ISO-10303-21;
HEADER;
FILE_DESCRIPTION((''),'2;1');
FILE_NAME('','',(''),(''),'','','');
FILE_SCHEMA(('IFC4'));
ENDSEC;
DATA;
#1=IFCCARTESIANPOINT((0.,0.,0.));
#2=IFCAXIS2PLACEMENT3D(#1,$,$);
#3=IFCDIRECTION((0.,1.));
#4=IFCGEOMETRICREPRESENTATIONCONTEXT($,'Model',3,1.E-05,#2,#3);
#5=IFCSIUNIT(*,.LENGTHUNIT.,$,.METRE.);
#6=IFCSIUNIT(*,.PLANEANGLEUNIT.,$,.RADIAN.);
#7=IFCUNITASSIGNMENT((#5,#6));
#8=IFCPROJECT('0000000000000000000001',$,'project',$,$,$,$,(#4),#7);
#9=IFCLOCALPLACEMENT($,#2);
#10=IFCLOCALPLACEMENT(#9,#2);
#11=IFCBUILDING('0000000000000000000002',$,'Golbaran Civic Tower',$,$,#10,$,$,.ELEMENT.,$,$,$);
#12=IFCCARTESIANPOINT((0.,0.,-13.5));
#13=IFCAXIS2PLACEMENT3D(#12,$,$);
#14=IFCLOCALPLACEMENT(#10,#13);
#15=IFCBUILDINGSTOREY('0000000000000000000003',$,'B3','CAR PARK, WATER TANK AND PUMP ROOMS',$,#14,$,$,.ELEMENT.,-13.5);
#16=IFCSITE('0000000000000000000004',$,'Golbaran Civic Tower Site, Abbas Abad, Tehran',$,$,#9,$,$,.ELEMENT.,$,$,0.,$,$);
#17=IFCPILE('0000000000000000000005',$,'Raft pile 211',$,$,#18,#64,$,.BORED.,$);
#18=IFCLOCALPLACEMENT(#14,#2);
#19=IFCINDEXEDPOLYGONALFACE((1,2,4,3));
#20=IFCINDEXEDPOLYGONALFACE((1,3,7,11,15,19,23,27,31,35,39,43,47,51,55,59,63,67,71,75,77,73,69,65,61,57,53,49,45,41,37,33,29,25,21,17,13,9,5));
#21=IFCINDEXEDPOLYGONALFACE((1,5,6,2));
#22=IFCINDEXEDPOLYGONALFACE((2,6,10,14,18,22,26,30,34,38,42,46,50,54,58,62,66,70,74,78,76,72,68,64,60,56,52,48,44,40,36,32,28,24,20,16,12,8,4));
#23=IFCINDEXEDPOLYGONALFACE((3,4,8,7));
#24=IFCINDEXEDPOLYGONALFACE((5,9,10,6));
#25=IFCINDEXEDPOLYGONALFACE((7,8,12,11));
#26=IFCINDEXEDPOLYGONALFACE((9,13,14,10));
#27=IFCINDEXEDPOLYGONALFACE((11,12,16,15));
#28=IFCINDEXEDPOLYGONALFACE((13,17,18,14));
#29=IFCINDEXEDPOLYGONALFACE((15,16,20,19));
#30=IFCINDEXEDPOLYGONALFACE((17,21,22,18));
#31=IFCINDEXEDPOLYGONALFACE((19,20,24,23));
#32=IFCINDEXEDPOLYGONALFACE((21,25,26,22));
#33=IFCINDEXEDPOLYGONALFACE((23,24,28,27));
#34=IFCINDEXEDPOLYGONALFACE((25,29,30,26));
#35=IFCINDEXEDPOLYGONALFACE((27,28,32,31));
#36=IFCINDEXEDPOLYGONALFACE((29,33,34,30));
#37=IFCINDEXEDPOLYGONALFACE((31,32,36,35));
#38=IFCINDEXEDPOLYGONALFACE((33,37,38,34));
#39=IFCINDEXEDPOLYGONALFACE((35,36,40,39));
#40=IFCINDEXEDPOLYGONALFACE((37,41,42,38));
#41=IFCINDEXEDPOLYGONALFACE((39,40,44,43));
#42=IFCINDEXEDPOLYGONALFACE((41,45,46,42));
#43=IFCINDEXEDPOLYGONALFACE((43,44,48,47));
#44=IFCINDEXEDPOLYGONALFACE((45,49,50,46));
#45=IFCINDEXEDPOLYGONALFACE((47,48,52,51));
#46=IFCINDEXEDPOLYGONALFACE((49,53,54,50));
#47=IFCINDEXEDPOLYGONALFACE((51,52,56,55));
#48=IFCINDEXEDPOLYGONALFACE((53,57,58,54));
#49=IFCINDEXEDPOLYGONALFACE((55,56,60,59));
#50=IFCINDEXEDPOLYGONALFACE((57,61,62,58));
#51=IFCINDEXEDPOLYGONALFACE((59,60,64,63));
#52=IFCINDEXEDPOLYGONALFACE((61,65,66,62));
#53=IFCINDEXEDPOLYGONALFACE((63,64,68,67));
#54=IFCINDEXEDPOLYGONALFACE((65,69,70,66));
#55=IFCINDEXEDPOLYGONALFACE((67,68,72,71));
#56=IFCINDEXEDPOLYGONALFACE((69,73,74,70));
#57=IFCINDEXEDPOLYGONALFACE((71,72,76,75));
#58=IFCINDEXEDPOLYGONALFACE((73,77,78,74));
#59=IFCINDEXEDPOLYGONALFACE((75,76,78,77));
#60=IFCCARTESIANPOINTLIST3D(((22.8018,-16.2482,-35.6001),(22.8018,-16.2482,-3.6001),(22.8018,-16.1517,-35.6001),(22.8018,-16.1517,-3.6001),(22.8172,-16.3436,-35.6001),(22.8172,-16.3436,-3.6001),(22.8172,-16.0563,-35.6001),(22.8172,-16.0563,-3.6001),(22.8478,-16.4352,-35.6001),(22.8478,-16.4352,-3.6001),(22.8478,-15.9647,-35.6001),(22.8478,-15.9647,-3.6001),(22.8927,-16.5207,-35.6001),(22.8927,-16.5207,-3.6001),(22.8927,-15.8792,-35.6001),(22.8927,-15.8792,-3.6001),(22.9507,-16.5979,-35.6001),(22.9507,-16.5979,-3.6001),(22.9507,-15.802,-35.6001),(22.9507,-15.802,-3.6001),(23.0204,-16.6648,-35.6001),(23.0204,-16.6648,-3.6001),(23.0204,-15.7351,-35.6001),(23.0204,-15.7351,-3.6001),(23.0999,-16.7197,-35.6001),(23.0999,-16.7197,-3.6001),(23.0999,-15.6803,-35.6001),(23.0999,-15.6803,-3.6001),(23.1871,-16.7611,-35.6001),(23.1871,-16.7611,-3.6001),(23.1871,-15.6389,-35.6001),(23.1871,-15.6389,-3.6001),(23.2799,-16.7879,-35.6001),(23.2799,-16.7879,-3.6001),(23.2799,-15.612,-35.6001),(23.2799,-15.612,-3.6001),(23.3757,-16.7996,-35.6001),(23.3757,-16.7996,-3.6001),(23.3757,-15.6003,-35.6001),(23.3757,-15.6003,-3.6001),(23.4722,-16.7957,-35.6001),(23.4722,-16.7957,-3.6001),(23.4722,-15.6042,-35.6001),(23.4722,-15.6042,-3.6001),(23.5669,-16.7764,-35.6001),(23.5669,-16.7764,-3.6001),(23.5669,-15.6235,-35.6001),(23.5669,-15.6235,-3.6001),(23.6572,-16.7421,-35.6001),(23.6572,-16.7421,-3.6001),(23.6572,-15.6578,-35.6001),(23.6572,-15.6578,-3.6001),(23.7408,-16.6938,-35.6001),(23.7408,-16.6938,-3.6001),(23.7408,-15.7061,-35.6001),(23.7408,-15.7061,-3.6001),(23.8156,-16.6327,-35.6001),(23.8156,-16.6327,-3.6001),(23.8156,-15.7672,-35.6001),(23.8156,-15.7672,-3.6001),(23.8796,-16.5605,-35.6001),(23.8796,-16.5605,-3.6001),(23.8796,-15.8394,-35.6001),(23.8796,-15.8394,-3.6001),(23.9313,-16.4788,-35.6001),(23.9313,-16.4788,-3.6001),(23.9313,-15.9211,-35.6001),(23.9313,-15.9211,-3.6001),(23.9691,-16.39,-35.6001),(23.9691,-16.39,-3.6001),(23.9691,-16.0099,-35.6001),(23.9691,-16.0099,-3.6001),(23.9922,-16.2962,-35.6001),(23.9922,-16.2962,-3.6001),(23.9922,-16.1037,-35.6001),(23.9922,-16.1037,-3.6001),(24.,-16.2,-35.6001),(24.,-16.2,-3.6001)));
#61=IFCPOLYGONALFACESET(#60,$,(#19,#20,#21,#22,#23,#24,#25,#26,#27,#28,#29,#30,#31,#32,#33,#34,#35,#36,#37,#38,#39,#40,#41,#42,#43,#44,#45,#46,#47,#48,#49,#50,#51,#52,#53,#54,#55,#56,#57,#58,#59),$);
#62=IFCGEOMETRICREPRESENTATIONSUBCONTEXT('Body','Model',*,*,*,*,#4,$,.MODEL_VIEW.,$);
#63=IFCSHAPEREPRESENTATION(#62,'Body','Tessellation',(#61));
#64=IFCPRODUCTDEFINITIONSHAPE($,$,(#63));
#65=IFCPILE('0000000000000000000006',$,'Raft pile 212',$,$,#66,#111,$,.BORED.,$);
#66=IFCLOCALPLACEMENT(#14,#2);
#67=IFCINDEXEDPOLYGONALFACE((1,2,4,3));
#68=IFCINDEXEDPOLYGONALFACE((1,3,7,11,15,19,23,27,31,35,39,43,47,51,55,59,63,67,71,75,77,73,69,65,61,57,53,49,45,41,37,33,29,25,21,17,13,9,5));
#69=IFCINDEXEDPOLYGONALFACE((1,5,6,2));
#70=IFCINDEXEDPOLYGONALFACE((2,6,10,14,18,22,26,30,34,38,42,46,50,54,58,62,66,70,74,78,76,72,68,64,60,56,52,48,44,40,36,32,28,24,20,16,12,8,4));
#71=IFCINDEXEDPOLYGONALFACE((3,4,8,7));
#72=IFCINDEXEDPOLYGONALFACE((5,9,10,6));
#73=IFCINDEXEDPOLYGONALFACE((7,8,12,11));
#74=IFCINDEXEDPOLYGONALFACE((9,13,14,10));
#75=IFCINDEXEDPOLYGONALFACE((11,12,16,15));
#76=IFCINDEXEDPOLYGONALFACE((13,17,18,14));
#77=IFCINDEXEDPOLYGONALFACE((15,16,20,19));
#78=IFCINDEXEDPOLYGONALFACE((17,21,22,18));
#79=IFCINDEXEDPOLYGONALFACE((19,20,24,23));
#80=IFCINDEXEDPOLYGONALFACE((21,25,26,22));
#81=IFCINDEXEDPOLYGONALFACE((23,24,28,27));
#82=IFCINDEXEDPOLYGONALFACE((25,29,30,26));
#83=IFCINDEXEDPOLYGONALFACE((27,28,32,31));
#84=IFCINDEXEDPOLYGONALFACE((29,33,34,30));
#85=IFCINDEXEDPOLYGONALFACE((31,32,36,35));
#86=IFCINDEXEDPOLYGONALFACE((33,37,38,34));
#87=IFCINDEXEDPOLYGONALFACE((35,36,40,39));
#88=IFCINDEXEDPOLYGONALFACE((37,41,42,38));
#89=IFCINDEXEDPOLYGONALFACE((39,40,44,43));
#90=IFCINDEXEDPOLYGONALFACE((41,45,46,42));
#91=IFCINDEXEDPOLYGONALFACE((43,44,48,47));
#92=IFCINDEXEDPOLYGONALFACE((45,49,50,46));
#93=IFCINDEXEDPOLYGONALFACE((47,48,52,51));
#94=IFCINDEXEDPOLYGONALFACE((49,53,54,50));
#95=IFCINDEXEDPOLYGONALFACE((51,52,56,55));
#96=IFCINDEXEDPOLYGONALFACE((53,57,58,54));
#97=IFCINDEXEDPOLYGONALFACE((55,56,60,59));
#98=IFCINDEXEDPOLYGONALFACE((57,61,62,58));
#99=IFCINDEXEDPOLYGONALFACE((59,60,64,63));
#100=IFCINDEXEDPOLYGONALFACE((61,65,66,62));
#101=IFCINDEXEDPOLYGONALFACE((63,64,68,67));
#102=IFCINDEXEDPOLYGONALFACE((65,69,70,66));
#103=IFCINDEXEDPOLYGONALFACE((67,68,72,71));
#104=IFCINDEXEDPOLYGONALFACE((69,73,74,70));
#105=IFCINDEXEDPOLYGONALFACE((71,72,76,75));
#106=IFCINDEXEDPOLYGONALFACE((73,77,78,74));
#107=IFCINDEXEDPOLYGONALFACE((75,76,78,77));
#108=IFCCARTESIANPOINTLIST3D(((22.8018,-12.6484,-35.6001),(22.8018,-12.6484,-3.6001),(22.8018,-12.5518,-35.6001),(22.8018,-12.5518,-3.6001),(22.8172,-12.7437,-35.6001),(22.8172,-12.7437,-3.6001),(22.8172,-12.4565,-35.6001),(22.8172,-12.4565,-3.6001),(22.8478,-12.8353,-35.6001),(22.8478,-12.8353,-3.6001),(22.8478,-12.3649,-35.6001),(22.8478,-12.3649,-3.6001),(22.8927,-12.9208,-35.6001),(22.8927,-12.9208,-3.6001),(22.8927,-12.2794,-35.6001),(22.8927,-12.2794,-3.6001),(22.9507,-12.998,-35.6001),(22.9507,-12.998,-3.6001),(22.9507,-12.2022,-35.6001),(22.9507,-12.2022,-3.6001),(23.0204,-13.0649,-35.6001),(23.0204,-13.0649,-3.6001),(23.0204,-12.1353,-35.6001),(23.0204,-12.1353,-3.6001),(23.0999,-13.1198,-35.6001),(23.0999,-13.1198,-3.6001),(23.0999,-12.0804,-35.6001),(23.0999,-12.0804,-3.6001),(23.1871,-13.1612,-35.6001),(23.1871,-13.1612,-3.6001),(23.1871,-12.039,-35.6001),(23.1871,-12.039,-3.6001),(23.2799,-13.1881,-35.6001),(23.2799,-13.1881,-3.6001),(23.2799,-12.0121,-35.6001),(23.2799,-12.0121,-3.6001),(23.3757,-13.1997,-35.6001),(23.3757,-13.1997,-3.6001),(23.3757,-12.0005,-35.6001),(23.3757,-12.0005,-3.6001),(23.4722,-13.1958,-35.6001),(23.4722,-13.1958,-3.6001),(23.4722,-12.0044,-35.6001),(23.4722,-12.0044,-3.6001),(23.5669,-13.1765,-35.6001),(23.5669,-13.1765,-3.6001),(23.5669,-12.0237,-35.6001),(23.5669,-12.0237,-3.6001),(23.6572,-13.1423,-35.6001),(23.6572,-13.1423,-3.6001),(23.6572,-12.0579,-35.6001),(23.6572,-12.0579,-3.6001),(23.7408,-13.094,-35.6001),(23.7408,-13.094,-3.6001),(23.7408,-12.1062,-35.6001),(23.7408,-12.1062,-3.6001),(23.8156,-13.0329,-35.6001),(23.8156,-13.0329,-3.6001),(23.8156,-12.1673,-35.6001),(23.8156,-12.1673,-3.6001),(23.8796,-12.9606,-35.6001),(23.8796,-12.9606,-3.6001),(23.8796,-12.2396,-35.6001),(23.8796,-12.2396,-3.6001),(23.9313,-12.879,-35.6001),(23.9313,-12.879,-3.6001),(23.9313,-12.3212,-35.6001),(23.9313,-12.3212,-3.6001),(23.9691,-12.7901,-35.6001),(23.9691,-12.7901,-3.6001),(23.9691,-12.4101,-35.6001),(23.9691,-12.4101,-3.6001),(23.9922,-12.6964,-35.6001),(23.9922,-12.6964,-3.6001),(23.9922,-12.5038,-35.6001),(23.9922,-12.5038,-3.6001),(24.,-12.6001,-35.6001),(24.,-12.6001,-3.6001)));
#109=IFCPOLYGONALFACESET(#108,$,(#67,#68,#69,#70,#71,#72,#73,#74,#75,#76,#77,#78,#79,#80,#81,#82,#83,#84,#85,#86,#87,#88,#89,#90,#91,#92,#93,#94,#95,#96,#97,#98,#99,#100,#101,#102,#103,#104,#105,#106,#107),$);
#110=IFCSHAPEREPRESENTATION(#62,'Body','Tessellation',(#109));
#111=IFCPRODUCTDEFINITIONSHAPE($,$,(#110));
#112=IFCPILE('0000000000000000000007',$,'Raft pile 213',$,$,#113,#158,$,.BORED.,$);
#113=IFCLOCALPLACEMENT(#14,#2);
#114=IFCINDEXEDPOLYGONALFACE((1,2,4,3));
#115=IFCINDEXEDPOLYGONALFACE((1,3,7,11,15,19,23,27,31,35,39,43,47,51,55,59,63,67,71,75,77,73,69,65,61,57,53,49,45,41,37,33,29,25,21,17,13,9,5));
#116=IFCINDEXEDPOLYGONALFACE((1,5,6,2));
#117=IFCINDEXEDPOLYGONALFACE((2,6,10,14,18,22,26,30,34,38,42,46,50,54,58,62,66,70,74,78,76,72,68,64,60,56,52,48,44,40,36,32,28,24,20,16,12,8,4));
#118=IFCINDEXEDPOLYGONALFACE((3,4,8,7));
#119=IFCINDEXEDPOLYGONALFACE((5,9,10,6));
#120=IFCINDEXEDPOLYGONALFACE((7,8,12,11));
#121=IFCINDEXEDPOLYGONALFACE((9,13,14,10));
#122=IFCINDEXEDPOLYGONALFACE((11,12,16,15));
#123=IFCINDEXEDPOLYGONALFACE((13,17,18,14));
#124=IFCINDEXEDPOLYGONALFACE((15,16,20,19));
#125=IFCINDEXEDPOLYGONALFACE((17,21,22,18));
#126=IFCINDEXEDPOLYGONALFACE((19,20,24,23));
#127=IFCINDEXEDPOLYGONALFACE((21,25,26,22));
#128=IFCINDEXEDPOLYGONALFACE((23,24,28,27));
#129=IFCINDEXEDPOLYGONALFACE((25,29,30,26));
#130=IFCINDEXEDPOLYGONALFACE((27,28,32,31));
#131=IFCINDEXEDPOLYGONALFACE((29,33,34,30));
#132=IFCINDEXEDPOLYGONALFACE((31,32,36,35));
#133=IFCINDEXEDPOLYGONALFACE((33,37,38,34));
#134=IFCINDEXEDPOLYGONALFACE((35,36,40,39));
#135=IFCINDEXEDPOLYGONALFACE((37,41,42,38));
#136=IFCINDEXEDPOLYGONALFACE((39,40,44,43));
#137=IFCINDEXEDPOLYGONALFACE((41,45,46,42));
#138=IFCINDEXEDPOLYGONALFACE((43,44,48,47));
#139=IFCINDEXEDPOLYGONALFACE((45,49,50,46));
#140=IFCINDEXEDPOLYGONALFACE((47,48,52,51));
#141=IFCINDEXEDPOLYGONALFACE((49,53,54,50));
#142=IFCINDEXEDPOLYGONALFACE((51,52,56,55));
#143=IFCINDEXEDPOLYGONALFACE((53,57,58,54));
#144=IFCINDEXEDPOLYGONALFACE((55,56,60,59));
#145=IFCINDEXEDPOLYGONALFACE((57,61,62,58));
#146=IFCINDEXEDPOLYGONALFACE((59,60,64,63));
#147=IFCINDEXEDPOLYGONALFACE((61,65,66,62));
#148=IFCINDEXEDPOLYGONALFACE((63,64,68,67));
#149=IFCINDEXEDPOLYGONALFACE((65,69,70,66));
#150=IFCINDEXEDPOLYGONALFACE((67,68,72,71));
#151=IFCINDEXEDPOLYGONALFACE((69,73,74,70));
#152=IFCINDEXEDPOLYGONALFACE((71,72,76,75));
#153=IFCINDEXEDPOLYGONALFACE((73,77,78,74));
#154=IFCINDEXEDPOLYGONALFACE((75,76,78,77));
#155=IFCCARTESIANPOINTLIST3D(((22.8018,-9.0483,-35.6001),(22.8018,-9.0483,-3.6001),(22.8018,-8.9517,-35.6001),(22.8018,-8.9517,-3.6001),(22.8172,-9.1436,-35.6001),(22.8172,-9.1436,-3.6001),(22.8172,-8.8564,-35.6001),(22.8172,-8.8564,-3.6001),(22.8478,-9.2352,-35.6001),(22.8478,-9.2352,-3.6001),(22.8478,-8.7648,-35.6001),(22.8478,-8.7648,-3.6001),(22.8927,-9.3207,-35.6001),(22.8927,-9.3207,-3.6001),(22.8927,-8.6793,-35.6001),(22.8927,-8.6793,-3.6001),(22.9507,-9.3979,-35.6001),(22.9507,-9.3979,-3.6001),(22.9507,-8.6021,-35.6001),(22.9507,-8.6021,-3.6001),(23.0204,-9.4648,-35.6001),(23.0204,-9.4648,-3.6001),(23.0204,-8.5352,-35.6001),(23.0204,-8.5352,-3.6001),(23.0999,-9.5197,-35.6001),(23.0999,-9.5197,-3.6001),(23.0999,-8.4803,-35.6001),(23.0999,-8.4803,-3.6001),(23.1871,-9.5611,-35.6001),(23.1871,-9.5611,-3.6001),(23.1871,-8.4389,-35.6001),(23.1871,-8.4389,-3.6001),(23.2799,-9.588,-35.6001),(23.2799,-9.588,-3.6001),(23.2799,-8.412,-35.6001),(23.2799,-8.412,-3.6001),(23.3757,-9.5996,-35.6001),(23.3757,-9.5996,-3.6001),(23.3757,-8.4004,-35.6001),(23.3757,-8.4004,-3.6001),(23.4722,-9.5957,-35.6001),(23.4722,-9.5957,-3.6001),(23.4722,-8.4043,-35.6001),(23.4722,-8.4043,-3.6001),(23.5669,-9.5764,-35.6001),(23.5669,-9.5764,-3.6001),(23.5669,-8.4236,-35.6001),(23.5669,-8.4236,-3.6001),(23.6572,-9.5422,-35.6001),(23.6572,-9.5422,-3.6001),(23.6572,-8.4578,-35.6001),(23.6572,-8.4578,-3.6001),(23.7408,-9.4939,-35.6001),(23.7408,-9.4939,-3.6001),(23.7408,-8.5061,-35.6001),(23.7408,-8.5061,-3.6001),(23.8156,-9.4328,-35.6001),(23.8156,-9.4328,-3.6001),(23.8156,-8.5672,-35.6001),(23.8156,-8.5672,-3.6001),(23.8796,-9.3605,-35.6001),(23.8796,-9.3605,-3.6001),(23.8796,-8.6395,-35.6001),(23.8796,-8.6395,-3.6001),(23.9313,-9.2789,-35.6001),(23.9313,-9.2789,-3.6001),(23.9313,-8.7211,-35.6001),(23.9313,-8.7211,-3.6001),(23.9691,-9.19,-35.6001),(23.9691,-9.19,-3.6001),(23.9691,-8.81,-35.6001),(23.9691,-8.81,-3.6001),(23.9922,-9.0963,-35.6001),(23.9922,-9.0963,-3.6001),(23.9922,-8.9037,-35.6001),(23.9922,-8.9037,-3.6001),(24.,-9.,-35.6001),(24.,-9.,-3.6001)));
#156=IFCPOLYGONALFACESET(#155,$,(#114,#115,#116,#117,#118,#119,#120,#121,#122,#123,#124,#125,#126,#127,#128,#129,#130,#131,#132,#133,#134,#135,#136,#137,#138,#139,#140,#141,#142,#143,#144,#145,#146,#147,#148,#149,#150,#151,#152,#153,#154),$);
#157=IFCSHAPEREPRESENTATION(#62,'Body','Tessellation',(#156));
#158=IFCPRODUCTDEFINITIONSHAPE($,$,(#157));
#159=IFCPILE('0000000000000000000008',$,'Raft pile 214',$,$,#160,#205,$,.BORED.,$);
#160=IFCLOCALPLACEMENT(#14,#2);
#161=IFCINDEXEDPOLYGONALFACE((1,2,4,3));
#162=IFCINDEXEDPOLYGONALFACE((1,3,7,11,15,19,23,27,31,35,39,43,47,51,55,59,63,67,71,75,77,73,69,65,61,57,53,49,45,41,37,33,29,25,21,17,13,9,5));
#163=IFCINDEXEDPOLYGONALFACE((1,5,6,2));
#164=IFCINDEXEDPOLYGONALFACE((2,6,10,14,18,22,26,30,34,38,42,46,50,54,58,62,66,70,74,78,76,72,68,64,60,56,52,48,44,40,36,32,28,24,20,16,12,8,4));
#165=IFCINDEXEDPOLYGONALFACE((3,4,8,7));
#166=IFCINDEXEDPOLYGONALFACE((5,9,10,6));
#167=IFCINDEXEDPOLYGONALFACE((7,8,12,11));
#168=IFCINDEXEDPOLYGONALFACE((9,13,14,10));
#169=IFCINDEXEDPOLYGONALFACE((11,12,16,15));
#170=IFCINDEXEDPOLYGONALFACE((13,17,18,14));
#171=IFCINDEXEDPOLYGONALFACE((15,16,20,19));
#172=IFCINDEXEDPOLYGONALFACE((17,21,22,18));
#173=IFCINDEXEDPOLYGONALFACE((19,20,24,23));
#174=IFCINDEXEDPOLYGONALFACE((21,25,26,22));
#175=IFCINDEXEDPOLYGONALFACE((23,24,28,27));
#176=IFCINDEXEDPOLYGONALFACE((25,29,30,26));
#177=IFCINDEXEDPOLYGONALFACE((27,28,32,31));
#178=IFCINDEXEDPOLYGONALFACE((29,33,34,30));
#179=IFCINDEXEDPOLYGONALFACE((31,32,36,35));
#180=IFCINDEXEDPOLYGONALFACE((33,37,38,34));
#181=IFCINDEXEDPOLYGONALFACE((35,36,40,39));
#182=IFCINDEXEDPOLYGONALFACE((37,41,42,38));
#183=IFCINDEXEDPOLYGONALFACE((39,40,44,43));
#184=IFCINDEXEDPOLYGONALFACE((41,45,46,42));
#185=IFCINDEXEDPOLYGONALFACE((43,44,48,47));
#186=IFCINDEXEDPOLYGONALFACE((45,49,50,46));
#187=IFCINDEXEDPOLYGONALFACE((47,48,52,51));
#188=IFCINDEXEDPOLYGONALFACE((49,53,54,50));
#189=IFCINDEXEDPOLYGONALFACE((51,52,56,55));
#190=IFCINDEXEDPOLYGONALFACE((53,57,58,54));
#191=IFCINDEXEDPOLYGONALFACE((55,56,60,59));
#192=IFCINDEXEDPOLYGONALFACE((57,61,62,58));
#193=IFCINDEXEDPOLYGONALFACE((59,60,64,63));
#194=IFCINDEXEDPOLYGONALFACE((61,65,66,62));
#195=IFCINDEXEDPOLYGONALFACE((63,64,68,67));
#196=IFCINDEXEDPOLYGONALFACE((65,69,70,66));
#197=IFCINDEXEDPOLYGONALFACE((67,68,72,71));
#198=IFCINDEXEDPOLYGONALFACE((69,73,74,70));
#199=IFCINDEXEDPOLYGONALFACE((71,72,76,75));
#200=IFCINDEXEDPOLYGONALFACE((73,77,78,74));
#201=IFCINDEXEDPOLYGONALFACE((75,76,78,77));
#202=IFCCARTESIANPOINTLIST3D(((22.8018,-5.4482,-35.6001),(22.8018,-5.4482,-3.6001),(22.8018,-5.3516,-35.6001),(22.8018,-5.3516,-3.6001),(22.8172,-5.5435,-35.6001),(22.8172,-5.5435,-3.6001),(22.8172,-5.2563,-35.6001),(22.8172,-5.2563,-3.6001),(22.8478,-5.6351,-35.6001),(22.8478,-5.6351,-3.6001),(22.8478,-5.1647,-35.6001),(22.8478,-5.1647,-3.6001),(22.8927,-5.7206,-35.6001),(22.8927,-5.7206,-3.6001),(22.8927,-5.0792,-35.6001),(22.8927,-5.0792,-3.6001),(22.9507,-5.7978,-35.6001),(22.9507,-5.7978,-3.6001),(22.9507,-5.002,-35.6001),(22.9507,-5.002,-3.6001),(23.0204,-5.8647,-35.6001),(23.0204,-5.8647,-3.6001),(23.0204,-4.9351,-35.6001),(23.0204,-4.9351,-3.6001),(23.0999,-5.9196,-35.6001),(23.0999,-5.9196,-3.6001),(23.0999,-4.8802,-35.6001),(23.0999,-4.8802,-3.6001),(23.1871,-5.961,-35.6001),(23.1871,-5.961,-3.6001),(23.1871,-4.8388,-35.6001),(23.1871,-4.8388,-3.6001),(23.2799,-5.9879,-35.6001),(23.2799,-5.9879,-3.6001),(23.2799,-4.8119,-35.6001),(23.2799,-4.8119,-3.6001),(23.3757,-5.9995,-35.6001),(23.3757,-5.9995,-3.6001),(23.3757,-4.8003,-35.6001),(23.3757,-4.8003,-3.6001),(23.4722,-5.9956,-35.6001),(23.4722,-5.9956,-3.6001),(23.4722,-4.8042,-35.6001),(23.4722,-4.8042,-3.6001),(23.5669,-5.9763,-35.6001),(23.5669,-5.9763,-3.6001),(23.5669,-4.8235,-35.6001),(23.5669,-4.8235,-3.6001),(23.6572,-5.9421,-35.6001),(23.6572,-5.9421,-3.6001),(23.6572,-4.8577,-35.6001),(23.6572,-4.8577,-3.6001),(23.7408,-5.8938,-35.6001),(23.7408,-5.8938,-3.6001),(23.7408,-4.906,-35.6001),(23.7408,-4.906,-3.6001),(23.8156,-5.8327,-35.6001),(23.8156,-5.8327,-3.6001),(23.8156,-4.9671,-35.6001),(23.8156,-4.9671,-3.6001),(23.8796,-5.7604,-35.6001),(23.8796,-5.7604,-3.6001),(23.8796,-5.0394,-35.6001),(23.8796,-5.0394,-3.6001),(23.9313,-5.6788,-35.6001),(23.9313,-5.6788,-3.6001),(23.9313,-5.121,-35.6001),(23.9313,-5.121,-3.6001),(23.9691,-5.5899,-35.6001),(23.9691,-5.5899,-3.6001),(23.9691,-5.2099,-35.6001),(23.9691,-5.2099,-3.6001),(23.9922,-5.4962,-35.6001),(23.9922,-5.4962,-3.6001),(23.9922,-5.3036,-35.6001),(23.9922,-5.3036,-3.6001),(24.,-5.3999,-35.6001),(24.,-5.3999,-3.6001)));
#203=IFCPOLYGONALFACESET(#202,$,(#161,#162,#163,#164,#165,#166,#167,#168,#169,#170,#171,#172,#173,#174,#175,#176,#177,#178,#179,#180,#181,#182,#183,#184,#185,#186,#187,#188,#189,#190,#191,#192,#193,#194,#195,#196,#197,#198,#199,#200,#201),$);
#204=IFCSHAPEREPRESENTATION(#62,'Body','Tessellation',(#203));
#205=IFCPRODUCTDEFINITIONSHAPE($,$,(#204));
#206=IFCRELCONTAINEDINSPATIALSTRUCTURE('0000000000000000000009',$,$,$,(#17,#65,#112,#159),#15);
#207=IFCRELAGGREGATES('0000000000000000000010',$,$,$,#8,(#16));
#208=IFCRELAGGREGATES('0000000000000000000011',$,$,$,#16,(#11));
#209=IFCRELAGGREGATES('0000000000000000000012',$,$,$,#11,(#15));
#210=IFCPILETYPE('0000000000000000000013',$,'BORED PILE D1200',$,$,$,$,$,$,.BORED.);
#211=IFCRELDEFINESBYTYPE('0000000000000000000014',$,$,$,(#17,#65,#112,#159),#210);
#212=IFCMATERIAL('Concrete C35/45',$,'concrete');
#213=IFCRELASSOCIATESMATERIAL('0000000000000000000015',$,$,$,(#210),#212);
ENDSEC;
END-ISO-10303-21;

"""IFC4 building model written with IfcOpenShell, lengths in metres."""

from ifc_helpers import new_model, si_unit, direction, frame, origin, origin_2d, place, context, subcontext, project, spatial, circle, extrude, material, material_profile, profile_set, type_object, element, save


model = new_model("IFC4")

# Units and contexts
model_context = context("Model", 3, precision=1e-05, world=origin(), true_north=direction((0.0, 1.0)))
body_context = subcontext(model_context, "Body", "Model", "MODEL_VIEW")
ifc_project = project(units=[si_unit("LENGTHUNIT", "METRE"), si_unit("PLANEANGLEUNIT", "RADIAN")], contexts=[model_context])

# Site, building, storey
site_placement = place(None, origin())
site = spatial("IfcSite", under=ifc_project, at=site_placement, Name="Golbaran Civic Tower Site, Abbas Abad, Tehran", CompositionType="ELEMENT", RefElevation=0.0)
building_placement = place(site_placement, origin())
building = spatial("IfcBuilding", under=site, at=building_placement, Name="Golbaran Civic Tower", CompositionType="ELEMENT")
storey_placement = place(building_placement, frame((0.0, 0.0, -13.5)))
storey = spatial("IfcBuildingStorey", under=building, at=storey_placement, Name="B3", Description="CAR PARK, WATER TANK AND PUMP ROOMS", CompositionType="ELEMENT", Elevation=-13.5)

# Piles
ifc_material_1 = material(Name="Concrete C35/45", Category="concrete")
ifc_material_profile_1 = material_profile(ifc_material_1, circle(Radius=0.6001, at=origin_2d()), Name="BORED PILE D1200")
ifc_profile_set_1 = profile_set([ifc_material_profile_1], Name="Concrete C35/45")
pile_type_1 = type_object("IfcPileType", Name="BORED PILE D1200", PredefinedType="BORED", material=ifc_profile_set_1)
for number, where, z_axis, x_axis, name in (
    (1, (23.3999, -16.2, -3.6001), (0.0, 0.0, -1.0), (1.0, 0.0, 0.0), "Raft pile 211"),
    (2, (23.3999, -12.6001, -3.6001), (0.0, 0.0, -1.0), (1.0, 0.0, 0.0), "Raft pile 212"),
    (3, (23.3999, -9.0, -3.6001), (0.0, 0.0, -1.0), (1.0, 0.0, 0.0), "Raft pile 213"),
    (4, (23.3999, -5.3999, -3.6001), (0.0, 0.0, -1.0), (1.0, 0.0, 0.0), "Raft pile 214"),
):
    element("IfcPile", number, at=place(storey_placement, frame(where, z_axis=z_axis, x_axis=x_axis)), inside=storey, type_object=pile_type_1, Name=name, PredefinedType="BORED", context=body_context, shape_type="SweptSolid", body=[
        extrude(circle(Radius=0.6001, at=origin_2d()), origin(), (0.0, 0.0, 1.0), 32.0),
    ])

save(model, "model.ifc")
